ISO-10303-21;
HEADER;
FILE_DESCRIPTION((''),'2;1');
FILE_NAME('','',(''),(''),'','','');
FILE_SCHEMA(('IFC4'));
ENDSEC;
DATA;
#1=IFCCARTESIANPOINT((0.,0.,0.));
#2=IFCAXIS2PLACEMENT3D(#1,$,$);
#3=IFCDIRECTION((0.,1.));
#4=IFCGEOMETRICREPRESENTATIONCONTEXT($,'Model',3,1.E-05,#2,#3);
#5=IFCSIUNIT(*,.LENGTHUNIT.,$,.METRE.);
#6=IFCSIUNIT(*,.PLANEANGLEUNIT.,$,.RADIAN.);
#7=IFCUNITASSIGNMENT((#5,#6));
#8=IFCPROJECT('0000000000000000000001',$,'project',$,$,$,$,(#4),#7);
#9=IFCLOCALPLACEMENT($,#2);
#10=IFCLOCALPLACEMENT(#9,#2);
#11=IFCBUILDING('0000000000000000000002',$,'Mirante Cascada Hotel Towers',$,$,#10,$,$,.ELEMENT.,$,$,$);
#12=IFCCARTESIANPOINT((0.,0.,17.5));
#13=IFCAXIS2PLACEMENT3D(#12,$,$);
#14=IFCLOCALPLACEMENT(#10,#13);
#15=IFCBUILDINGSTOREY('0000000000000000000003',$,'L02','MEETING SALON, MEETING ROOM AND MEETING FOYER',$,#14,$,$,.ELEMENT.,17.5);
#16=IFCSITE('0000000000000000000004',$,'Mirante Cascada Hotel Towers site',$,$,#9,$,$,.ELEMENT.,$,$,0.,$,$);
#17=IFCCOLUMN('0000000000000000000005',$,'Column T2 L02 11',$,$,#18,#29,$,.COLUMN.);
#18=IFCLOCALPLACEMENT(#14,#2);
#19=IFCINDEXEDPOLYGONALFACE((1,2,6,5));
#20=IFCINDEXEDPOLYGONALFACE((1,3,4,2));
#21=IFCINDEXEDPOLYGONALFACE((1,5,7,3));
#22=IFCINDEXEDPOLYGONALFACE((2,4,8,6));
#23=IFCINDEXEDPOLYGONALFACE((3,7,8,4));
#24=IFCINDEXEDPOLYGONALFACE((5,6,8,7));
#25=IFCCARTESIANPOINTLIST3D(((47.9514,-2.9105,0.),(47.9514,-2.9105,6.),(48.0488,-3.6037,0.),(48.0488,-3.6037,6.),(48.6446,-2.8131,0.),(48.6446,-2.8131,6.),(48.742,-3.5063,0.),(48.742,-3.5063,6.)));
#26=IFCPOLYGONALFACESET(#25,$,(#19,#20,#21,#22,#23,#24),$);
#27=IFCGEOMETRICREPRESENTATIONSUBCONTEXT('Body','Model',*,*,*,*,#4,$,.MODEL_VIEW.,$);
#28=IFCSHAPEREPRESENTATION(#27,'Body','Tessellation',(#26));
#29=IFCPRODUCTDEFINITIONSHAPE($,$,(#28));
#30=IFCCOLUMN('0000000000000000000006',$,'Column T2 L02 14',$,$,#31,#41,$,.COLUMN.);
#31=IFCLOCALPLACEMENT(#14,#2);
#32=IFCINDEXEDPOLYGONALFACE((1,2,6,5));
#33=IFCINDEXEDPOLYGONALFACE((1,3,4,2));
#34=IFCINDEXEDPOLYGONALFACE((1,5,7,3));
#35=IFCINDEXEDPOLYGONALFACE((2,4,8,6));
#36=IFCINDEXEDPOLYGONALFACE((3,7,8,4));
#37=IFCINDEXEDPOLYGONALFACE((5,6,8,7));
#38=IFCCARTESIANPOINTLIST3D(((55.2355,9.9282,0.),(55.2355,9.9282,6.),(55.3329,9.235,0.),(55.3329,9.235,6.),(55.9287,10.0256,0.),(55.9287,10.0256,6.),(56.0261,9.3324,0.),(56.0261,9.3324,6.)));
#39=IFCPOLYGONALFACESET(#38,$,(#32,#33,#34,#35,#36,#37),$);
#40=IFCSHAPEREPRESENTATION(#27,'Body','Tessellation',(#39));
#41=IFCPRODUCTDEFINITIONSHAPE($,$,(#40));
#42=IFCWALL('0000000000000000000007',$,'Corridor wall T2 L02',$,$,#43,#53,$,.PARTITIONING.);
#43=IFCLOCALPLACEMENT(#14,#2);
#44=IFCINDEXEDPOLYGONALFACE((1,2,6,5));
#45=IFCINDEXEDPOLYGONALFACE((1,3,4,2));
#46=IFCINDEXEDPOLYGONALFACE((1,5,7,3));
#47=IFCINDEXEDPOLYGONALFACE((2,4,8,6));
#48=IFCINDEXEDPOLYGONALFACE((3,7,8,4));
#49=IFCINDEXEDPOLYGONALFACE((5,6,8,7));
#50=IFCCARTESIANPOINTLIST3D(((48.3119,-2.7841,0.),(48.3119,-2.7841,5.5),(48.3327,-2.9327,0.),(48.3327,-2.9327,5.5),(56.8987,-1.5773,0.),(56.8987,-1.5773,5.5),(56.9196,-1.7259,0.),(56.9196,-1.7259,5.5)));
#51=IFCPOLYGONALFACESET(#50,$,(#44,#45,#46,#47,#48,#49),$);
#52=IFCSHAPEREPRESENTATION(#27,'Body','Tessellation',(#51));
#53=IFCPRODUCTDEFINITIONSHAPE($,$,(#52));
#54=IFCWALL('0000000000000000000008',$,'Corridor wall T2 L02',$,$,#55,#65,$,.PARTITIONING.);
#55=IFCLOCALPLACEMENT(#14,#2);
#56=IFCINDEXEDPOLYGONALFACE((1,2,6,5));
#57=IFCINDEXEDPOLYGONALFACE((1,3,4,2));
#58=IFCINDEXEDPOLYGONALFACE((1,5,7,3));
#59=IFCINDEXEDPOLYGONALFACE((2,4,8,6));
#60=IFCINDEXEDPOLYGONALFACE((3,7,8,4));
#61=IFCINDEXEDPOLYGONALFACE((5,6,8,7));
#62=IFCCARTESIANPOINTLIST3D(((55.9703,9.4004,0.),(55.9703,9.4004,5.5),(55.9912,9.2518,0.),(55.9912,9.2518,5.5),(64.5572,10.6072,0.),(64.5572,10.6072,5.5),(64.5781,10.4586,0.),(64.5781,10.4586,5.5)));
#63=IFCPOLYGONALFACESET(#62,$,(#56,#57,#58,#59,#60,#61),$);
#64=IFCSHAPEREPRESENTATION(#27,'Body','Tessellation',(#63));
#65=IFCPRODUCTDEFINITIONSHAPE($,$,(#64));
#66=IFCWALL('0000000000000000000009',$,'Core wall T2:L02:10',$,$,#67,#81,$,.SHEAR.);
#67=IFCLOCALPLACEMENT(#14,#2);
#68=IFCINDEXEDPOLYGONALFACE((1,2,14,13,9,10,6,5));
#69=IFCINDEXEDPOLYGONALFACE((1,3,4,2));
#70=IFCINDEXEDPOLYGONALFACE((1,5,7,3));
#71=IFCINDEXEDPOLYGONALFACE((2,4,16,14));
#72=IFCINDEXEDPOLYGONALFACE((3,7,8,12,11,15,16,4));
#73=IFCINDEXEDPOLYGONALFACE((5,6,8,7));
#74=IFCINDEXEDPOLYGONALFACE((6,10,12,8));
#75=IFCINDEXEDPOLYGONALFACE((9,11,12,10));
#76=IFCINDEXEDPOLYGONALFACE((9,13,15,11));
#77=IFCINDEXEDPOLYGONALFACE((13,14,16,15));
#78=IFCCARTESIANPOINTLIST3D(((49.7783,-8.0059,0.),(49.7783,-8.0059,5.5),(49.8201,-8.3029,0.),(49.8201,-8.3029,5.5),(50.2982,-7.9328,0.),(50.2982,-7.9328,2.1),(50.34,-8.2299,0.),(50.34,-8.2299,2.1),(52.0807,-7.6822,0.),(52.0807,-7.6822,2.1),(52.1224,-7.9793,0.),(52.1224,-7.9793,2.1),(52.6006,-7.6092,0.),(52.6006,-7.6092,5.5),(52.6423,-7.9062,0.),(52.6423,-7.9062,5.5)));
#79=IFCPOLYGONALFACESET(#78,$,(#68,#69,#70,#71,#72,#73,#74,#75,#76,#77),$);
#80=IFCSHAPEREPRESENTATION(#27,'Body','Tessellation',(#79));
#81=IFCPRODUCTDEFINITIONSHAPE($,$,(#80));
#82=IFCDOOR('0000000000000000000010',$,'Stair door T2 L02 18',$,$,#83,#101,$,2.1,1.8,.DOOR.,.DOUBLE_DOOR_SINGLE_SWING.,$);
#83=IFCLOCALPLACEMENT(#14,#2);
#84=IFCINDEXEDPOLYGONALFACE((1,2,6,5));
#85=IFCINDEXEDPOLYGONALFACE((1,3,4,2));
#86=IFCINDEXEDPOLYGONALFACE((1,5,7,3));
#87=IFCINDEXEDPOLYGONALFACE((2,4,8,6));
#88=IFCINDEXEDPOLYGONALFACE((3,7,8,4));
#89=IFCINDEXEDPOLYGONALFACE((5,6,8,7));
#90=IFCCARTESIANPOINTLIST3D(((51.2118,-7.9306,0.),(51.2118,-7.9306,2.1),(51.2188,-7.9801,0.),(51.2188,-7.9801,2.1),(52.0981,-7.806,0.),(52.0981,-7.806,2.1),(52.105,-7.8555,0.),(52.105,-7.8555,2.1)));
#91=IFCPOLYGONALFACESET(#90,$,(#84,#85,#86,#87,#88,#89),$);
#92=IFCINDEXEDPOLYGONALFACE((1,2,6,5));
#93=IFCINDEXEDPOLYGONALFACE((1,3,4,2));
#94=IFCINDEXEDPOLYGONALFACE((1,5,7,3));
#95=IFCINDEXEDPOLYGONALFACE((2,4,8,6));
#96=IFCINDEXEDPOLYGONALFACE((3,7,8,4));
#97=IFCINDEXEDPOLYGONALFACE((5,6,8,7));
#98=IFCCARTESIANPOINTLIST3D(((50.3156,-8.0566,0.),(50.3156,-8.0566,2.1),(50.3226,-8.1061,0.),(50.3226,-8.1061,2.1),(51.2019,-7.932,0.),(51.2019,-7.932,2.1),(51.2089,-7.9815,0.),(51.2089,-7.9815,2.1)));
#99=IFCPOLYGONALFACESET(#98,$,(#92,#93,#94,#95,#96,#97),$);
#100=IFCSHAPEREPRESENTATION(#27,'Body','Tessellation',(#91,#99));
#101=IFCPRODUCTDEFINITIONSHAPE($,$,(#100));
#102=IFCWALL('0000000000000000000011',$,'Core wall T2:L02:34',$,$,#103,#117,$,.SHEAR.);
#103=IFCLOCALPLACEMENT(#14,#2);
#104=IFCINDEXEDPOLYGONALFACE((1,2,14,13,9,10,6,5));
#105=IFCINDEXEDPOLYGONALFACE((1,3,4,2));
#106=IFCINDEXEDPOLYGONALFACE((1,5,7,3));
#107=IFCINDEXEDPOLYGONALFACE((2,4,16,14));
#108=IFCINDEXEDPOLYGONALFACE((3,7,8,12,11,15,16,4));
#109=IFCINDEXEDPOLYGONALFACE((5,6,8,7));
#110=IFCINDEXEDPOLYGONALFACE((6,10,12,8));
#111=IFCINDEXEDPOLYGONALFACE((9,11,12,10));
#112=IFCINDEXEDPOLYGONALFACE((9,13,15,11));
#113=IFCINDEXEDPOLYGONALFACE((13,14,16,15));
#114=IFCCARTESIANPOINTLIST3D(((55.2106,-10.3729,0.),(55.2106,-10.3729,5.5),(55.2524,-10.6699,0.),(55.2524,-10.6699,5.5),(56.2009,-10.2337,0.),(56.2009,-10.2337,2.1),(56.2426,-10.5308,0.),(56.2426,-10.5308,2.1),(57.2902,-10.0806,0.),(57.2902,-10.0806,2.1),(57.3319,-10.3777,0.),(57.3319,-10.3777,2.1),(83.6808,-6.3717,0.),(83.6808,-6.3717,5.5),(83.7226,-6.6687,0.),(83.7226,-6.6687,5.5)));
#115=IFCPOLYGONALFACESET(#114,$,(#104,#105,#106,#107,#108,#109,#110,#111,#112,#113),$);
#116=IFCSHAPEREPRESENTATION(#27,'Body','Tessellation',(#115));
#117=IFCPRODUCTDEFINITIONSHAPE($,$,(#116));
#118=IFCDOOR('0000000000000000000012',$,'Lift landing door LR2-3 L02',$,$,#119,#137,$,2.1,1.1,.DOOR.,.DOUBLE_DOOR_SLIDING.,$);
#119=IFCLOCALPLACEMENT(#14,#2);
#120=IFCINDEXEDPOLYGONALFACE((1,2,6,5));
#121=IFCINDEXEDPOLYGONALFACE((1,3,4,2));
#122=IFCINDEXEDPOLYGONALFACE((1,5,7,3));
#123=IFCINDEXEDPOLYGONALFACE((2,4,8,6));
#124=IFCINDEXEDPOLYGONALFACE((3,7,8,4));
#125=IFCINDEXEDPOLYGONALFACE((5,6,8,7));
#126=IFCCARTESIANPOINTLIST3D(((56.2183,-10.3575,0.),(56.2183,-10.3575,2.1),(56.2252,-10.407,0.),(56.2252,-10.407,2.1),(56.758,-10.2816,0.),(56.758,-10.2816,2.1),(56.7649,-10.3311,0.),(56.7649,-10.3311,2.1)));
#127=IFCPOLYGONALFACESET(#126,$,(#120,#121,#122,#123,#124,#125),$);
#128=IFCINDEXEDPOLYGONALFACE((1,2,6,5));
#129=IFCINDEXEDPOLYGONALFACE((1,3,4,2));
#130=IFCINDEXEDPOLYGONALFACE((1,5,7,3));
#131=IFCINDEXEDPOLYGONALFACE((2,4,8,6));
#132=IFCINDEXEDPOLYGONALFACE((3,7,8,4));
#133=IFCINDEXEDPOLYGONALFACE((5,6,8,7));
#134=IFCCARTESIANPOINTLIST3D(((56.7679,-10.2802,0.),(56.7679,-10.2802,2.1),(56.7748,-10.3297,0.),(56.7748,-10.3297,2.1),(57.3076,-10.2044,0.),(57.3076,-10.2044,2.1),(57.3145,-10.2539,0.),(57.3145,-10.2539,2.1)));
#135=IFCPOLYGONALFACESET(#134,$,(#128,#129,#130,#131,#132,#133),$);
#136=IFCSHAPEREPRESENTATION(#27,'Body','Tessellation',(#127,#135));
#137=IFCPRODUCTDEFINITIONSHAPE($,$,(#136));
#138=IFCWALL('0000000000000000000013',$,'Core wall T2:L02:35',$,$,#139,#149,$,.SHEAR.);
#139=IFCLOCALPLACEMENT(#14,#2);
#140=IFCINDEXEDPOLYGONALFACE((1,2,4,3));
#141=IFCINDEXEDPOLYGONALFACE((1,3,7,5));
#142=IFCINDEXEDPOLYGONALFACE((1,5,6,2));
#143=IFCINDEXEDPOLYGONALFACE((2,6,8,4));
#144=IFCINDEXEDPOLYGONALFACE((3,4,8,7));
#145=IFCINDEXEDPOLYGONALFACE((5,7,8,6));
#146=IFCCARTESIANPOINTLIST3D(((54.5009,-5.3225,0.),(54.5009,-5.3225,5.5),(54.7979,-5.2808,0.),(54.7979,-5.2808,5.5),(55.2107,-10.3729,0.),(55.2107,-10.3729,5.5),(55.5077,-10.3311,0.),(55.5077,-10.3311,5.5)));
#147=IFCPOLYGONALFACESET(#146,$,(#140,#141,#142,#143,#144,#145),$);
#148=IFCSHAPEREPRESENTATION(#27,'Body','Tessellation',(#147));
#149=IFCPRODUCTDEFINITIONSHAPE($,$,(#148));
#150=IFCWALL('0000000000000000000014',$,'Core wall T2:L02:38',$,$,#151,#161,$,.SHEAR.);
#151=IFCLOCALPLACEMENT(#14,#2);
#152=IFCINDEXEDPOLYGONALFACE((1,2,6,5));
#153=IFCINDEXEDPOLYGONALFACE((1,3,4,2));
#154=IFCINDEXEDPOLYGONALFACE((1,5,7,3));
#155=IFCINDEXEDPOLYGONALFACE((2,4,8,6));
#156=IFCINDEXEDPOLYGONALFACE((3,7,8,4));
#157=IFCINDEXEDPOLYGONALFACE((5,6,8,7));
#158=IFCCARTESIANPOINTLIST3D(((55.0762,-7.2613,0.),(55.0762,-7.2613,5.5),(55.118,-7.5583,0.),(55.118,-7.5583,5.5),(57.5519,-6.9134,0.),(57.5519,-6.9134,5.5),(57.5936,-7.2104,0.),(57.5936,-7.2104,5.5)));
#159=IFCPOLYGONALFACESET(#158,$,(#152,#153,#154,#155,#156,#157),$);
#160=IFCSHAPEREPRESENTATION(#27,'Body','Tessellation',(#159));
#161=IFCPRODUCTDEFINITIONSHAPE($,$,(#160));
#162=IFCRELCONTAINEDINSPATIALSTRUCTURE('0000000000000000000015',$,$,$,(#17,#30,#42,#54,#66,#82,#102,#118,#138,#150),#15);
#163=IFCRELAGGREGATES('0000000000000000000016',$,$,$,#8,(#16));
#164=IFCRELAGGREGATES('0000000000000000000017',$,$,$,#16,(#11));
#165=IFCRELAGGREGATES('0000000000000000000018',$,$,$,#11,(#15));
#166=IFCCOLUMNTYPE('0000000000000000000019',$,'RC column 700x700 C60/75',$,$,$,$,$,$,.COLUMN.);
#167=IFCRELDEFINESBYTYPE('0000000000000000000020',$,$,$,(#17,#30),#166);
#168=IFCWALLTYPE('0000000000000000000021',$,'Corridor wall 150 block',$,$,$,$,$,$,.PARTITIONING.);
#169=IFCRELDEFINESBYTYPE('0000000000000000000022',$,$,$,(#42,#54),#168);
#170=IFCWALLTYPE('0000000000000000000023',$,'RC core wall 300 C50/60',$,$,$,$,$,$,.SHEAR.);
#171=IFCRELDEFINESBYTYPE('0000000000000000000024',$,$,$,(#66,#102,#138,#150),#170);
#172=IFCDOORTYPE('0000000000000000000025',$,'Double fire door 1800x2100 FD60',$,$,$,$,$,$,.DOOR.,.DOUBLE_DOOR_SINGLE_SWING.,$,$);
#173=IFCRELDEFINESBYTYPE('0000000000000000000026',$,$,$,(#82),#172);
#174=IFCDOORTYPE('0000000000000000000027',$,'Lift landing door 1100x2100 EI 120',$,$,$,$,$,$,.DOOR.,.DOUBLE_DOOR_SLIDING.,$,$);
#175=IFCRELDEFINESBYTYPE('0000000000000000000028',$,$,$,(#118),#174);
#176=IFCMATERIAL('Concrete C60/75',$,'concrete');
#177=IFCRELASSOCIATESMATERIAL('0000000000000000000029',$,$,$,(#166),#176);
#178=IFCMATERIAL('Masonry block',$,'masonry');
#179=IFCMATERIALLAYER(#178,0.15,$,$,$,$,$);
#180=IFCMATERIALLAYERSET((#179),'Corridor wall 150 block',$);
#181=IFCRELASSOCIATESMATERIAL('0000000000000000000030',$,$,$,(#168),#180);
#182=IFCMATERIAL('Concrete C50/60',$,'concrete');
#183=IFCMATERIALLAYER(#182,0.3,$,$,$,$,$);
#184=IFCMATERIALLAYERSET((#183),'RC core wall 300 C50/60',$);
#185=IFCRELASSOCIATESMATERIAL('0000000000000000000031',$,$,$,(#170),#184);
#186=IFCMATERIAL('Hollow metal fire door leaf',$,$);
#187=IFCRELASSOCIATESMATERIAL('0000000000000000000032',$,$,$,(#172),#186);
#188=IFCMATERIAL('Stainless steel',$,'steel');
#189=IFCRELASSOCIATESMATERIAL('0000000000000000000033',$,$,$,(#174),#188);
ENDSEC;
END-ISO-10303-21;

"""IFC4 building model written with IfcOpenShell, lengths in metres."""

from ifc_helpers import new_model, si_unit, direction, frame, frame_2d, origin, origin_2d, place, context, subcontext, project, spatial, rectangle, extrude, material, layer, layer_set, material_profile, profile_set, type_object, element, fill, save


model = new_model("IFC4")

# Units and contexts
model_context = context("Model", 3, precision=1e-05, world=origin(), true_north=direction((0.0, 1.0)))
body_context = subcontext(model_context, "Body", "Model", "MODEL_VIEW")
ifc_project = project(units=[si_unit("LENGTHUNIT", "METRE"), si_unit("PLANEANGLEUNIT", "RADIAN")], contexts=[model_context])

# Site, building, storey
site_placement = place(None, origin())
site = spatial("IfcSite", under=ifc_project, at=site_placement, Name="Mirante Cascada Hotel Towers site", CompositionType="ELEMENT", RefElevation=0.0)
building_placement = place(site_placement, origin())
building = spatial("IfcBuilding", under=site, at=building_placement, Name="Mirante Cascada Hotel Towers", CompositionType="ELEMENT")
storey_placement = place(building_placement, frame((0.0, 0.0, 17.5)))
storey = spatial("IfcBuildingStorey", under=building, at=storey_placement, Name="L02", Description="MEETING SALON, MEETING ROOM AND MEETING FOYER", CompositionType="ELEMENT", Elevation=17.5)

# Columns
ifc_material_1 = material(Name="Concrete C60/75", Category="concrete")
ifc_material_profile = material_profile(ifc_material_1, rectangle(XDim=0.7, YDim=0.7, at=origin_2d()), Name="RC column 700x700 C60/75")
ifc_profile_set = profile_set([ifc_material_profile], Name="Concrete C60/75")
column_type = type_object("IfcColumnType", Name="RC column 700x700 C60/75", PredefinedType="COLUMN", material=ifc_profile_set)
for number, where, z_axis, x_axis, name in (
    (1, (48.3467, -3.2084, 0.0), (0.0, 0.0, 1.0), (0.990268, 0.139173, 0.0), "Column T2 L02 11"),
    (2, (55.6308, 9.6303, 0.0), (0.0, 0.0, 1.0), (0.990268, 0.139173, 0.0), "Column T2 L02 14"),
):
    element("IfcColumn", number, at=place(storey_placement, frame(where, z_axis=z_axis, x_axis=x_axis)), inside=storey, type_object=column_type, Name=name, PredefinedType="COLUMN", context=body_context, shape_type="SweptSolid", body=[
        extrude(rectangle(XDim=0.7, YDim=0.7, at=origin_2d()), origin(), (0.0, 0.0, 1.0), 6.0),
    ])

# Walls
ifc_material_2 = material(Name="Masonry block", Category="masonry")
ifc_layer_1 = layer(ifc_material_2, 0.15)
ifc_layer_set_1 = layer_set([ifc_layer_1], Name="Corridor wall 150 block")
wall_type_1 = type_object("IfcWallType", Name="Corridor wall 150 block", PredefinedType="PARTITIONING", material=ifc_layer_set_1)
wall_1_placement = place(storey_placement, frame((48.3223, -2.8584, 0.0), z_axis=(0.0, 0.0, 1.0), x_axis=(0.990268, 0.139174, 0.0)))
element("IfcWall", 3, at=wall_1_placement, inside=storey, type_object=wall_type_1, Name="Corridor wall T2 L02", PredefinedType="PARTITIONING", context=body_context, shape_type="SweptSolid", body=[
    extrude(rectangle(XDim=8.6712, YDim=0.15, at=frame_2d((4.3356, 0.0))), origin(), (0.0, 0.0, 1.0), 5.5),
])
wall_2_placement = place(storey_placement, frame((55.9808, 9.3261, 0.0), z_axis=(0.0, 0.0, 1.0), x_axis=(0.990268, 0.139172, 0.0)))
element("IfcWall", 4, at=wall_2_placement, inside=storey, type_object=wall_type_1, Name="Corridor wall T2 L02", PredefinedType="PARTITIONING", context=body_context, shape_type="SweptSolid", body=[
    extrude(rectangle(XDim=8.6713, YDim=0.15, at=frame_2d((4.3356, 0.0))), origin(), (0.0, 0.0, 1.0), 5.5),
])

# Walls, openings, doors
ifc_material_3 = material(Name="Concrete C50/60", Category="concrete")
ifc_layer_2 = layer(ifc_material_3, 0.3)
ifc_layer_set_2 = layer_set([ifc_layer_2], Name="RC core wall 300 C50/60")
wall_type_2 = type_object("IfcWallType", Name="RC core wall 300 C50/60", PredefinedType="SHEAR", material=ifc_layer_set_2)
wall_3_placement = place(storey_placement, frame((49.7992, -8.1544, 0.0), z_axis=(0.0, 0.0, 1.0), x_axis=(0.990266, 0.139191, 0.0)))
wall_3 = element("IfcWall", 5, at=wall_3_placement, inside=storey, type_object=wall_type_2, Name="Core wall T2:L02:10", PredefinedType="SHEAR", context=body_context, shape_type="SweptSolid", body=[
    extrude(rectangle(XDim=2.85, YDim=0.3, at=frame_2d((1.425, 0.0))), origin(), (0.0, 0.0, 1.0), 5.5),
])
opening_1_placement = place(wall_3_placement, frame((0.525, 0.0, 0.0)))
opening_1 = element("IfcOpeningElement", 6, at=opening_1_placement, cuts=wall_3, PredefinedType="OPENING", context=body_context, shape_type="SweptSolid", body=[
    extrude(rectangle(XDim=1.8, YDim=2.1, at=frame_2d((0.9, 1.05))), frame((0.0, 0.15, 0.0), z_axis=(0.0, -1.0, 0.0), x_axis=(1.0, 0.0, 0.0)), (0.0, 0.0, 1.0), 0.3),
])
ifc_material_4 = material(Name="Hollow metal fire door leaf")
door_type_1 = type_object("IfcDoorType", Name="Double fire door 1800x2100 FD60", OperationType="DOUBLE_DOOR_SINGLE_SWING", PredefinedType="DOOR", material=ifc_material_4)
door_1_placement = place(opening_1_placement, frame((1.8, 0.0, 0.0), z_axis=(0.0, 0.0, 1.0), x_axis=(-1.0, 0.0, 0.0)))
door_1 = element("IfcDoor", 7, at=door_1_placement, inside=storey, type_object=door_type_1, Name="Stair door T2 L02 18", OperationType="DOUBLE_DOOR_SINGLE_SWING", OverallHeight=2.1, OverallWidth=1.8, PredefinedType="DOOR", context=body_context, shape_type="SweptSolid", body=[
    extrude(rectangle(XDim=0.895, YDim=2.1, at=frame_2d((0.4475, 1.05))), frame((0.0, 0.025, 0.0), z_axis=(0.0, -1.0, 0.0), x_axis=(1.0, 0.0, 0.0)), (0.0, 0.0, 1.0), 0.05),
    extrude(rectangle(XDim=0.895, YDim=2.1, at=frame_2d((1.3525, 1.05))), frame((0.0, 0.025, 0.0), z_axis=(0.0, -1.0, 0.0), x_axis=(1.0, 0.0, 0.0)), (0.0, 0.0, 1.0), 0.05),
])
fill(opening_1, door_1)
wall_4_placement = place(storey_placement, frame((55.2315, -10.5214, 0.0), z_axis=(0.0, 0.0, 1.0), x_axis=(0.990268, 0.139172, 0.0)))
wall_4 = element("IfcWall", 8, at=wall_4_placement, inside=storey, type_object=wall_type_2, Name="Core wall T2:L02:34", PredefinedType="SHEAR", context=body_context, shape_type="SweptSolid", body=[
    extrude(rectangle(XDim=28.75, YDim=0.3, at=frame_2d((14.375, 0.0))), origin(), (0.0, 0.0, 1.0), 5.5),
])
opening_2_placement = place(wall_4_placement, frame((1.0, 0.0, 0.0)))
opening_2 = element("IfcOpeningElement", 9, at=opening_2_placement, cuts=wall_4, PredefinedType="OPENING", context=body_context, shape_type="SweptSolid", body=[
    extrude(rectangle(XDim=1.1, YDim=2.1, at=frame_2d((0.55, 1.05))), frame((0.0, 0.15, 0.0), z_axis=(0.0, -1.0, 0.0), x_axis=(1.0, 0.0, 0.0)), (0.0, 0.0, 1.0), 0.3),
])
ifc_material_5 = material(Name="Stainless steel", Category="steel")
door_type_2 = type_object("IfcDoorType", Name="Lift landing door 1100x2100 EI 120", OperationType="DOUBLE_DOOR_SLIDING", PredefinedType="DOOR", material=ifc_material_5)
door_2_placement = place(opening_2_placement, origin())
door_2 = element("IfcDoor", 10, at=door_2_placement, inside=storey, type_object=door_type_2, Name="Lift landing door LR2-3 L02", OperationType="DOUBLE_DOOR_SLIDING", OverallHeight=2.1, OverallWidth=1.1, PredefinedType="DOOR", context=body_context, shape_type="SweptSolid", body=[
    extrude(rectangle(XDim=0.545, YDim=2.1, at=frame_2d((0.2725, 1.05))), frame((0.0, 0.025, 0.0), z_axis=(0.0, -1.0, 0.0), x_axis=(1.0, 0.0, 0.0)), (0.0, 0.0, 1.0), 0.05),
    extrude(rectangle(XDim=0.545, YDim=2.1, at=frame_2d((0.8275, 1.05))), frame((0.0, 0.025, 0.0), z_axis=(0.0, -1.0, 0.0), x_axis=(1.0, 0.0, 0.0)), (0.0, 0.0, 1.0), 0.05),
])
fill(opening_2, door_2)

# Walls
wall_5_placement = place(storey_placement, frame((55.3592, -10.352, 0.0), z_axis=(0.0, 0.0, 1.0), x_axis=(-0.139176, 0.990268, 0.0)))
element("IfcWall", 11, at=wall_5_placement, inside=storey, type_object=wall_type_2, Name="Core wall T2:L02:35", PredefinedType="SHEAR", context=body_context, shape_type="SweptSolid", body=[
    extrude(rectangle(XDim=5.1, YDim=0.3, at=frame_2d((2.55, 0.0))), origin(), (0.0, 0.0, 1.0), 5.5),
])
wall_6_placement = place(storey_placement, frame((55.0971, -7.4098, 0.0), z_axis=(0.0, 0.0, 1.0), x_axis=(0.99027, 0.139159, 0.0)))
element("IfcWall", 12, at=wall_6_placement, inside=storey, type_object=wall_type_2, Name="Core wall T2:L02:38", PredefinedType="SHEAR", context=body_context, shape_type="SweptSolid", body=[
    extrude(rectangle(XDim=2.5, YDim=0.3, at=frame_2d((1.25, 0.0))), origin(), (0.0, 0.0, 1.0), 5.5),
])

save(model, "model.ifc")
